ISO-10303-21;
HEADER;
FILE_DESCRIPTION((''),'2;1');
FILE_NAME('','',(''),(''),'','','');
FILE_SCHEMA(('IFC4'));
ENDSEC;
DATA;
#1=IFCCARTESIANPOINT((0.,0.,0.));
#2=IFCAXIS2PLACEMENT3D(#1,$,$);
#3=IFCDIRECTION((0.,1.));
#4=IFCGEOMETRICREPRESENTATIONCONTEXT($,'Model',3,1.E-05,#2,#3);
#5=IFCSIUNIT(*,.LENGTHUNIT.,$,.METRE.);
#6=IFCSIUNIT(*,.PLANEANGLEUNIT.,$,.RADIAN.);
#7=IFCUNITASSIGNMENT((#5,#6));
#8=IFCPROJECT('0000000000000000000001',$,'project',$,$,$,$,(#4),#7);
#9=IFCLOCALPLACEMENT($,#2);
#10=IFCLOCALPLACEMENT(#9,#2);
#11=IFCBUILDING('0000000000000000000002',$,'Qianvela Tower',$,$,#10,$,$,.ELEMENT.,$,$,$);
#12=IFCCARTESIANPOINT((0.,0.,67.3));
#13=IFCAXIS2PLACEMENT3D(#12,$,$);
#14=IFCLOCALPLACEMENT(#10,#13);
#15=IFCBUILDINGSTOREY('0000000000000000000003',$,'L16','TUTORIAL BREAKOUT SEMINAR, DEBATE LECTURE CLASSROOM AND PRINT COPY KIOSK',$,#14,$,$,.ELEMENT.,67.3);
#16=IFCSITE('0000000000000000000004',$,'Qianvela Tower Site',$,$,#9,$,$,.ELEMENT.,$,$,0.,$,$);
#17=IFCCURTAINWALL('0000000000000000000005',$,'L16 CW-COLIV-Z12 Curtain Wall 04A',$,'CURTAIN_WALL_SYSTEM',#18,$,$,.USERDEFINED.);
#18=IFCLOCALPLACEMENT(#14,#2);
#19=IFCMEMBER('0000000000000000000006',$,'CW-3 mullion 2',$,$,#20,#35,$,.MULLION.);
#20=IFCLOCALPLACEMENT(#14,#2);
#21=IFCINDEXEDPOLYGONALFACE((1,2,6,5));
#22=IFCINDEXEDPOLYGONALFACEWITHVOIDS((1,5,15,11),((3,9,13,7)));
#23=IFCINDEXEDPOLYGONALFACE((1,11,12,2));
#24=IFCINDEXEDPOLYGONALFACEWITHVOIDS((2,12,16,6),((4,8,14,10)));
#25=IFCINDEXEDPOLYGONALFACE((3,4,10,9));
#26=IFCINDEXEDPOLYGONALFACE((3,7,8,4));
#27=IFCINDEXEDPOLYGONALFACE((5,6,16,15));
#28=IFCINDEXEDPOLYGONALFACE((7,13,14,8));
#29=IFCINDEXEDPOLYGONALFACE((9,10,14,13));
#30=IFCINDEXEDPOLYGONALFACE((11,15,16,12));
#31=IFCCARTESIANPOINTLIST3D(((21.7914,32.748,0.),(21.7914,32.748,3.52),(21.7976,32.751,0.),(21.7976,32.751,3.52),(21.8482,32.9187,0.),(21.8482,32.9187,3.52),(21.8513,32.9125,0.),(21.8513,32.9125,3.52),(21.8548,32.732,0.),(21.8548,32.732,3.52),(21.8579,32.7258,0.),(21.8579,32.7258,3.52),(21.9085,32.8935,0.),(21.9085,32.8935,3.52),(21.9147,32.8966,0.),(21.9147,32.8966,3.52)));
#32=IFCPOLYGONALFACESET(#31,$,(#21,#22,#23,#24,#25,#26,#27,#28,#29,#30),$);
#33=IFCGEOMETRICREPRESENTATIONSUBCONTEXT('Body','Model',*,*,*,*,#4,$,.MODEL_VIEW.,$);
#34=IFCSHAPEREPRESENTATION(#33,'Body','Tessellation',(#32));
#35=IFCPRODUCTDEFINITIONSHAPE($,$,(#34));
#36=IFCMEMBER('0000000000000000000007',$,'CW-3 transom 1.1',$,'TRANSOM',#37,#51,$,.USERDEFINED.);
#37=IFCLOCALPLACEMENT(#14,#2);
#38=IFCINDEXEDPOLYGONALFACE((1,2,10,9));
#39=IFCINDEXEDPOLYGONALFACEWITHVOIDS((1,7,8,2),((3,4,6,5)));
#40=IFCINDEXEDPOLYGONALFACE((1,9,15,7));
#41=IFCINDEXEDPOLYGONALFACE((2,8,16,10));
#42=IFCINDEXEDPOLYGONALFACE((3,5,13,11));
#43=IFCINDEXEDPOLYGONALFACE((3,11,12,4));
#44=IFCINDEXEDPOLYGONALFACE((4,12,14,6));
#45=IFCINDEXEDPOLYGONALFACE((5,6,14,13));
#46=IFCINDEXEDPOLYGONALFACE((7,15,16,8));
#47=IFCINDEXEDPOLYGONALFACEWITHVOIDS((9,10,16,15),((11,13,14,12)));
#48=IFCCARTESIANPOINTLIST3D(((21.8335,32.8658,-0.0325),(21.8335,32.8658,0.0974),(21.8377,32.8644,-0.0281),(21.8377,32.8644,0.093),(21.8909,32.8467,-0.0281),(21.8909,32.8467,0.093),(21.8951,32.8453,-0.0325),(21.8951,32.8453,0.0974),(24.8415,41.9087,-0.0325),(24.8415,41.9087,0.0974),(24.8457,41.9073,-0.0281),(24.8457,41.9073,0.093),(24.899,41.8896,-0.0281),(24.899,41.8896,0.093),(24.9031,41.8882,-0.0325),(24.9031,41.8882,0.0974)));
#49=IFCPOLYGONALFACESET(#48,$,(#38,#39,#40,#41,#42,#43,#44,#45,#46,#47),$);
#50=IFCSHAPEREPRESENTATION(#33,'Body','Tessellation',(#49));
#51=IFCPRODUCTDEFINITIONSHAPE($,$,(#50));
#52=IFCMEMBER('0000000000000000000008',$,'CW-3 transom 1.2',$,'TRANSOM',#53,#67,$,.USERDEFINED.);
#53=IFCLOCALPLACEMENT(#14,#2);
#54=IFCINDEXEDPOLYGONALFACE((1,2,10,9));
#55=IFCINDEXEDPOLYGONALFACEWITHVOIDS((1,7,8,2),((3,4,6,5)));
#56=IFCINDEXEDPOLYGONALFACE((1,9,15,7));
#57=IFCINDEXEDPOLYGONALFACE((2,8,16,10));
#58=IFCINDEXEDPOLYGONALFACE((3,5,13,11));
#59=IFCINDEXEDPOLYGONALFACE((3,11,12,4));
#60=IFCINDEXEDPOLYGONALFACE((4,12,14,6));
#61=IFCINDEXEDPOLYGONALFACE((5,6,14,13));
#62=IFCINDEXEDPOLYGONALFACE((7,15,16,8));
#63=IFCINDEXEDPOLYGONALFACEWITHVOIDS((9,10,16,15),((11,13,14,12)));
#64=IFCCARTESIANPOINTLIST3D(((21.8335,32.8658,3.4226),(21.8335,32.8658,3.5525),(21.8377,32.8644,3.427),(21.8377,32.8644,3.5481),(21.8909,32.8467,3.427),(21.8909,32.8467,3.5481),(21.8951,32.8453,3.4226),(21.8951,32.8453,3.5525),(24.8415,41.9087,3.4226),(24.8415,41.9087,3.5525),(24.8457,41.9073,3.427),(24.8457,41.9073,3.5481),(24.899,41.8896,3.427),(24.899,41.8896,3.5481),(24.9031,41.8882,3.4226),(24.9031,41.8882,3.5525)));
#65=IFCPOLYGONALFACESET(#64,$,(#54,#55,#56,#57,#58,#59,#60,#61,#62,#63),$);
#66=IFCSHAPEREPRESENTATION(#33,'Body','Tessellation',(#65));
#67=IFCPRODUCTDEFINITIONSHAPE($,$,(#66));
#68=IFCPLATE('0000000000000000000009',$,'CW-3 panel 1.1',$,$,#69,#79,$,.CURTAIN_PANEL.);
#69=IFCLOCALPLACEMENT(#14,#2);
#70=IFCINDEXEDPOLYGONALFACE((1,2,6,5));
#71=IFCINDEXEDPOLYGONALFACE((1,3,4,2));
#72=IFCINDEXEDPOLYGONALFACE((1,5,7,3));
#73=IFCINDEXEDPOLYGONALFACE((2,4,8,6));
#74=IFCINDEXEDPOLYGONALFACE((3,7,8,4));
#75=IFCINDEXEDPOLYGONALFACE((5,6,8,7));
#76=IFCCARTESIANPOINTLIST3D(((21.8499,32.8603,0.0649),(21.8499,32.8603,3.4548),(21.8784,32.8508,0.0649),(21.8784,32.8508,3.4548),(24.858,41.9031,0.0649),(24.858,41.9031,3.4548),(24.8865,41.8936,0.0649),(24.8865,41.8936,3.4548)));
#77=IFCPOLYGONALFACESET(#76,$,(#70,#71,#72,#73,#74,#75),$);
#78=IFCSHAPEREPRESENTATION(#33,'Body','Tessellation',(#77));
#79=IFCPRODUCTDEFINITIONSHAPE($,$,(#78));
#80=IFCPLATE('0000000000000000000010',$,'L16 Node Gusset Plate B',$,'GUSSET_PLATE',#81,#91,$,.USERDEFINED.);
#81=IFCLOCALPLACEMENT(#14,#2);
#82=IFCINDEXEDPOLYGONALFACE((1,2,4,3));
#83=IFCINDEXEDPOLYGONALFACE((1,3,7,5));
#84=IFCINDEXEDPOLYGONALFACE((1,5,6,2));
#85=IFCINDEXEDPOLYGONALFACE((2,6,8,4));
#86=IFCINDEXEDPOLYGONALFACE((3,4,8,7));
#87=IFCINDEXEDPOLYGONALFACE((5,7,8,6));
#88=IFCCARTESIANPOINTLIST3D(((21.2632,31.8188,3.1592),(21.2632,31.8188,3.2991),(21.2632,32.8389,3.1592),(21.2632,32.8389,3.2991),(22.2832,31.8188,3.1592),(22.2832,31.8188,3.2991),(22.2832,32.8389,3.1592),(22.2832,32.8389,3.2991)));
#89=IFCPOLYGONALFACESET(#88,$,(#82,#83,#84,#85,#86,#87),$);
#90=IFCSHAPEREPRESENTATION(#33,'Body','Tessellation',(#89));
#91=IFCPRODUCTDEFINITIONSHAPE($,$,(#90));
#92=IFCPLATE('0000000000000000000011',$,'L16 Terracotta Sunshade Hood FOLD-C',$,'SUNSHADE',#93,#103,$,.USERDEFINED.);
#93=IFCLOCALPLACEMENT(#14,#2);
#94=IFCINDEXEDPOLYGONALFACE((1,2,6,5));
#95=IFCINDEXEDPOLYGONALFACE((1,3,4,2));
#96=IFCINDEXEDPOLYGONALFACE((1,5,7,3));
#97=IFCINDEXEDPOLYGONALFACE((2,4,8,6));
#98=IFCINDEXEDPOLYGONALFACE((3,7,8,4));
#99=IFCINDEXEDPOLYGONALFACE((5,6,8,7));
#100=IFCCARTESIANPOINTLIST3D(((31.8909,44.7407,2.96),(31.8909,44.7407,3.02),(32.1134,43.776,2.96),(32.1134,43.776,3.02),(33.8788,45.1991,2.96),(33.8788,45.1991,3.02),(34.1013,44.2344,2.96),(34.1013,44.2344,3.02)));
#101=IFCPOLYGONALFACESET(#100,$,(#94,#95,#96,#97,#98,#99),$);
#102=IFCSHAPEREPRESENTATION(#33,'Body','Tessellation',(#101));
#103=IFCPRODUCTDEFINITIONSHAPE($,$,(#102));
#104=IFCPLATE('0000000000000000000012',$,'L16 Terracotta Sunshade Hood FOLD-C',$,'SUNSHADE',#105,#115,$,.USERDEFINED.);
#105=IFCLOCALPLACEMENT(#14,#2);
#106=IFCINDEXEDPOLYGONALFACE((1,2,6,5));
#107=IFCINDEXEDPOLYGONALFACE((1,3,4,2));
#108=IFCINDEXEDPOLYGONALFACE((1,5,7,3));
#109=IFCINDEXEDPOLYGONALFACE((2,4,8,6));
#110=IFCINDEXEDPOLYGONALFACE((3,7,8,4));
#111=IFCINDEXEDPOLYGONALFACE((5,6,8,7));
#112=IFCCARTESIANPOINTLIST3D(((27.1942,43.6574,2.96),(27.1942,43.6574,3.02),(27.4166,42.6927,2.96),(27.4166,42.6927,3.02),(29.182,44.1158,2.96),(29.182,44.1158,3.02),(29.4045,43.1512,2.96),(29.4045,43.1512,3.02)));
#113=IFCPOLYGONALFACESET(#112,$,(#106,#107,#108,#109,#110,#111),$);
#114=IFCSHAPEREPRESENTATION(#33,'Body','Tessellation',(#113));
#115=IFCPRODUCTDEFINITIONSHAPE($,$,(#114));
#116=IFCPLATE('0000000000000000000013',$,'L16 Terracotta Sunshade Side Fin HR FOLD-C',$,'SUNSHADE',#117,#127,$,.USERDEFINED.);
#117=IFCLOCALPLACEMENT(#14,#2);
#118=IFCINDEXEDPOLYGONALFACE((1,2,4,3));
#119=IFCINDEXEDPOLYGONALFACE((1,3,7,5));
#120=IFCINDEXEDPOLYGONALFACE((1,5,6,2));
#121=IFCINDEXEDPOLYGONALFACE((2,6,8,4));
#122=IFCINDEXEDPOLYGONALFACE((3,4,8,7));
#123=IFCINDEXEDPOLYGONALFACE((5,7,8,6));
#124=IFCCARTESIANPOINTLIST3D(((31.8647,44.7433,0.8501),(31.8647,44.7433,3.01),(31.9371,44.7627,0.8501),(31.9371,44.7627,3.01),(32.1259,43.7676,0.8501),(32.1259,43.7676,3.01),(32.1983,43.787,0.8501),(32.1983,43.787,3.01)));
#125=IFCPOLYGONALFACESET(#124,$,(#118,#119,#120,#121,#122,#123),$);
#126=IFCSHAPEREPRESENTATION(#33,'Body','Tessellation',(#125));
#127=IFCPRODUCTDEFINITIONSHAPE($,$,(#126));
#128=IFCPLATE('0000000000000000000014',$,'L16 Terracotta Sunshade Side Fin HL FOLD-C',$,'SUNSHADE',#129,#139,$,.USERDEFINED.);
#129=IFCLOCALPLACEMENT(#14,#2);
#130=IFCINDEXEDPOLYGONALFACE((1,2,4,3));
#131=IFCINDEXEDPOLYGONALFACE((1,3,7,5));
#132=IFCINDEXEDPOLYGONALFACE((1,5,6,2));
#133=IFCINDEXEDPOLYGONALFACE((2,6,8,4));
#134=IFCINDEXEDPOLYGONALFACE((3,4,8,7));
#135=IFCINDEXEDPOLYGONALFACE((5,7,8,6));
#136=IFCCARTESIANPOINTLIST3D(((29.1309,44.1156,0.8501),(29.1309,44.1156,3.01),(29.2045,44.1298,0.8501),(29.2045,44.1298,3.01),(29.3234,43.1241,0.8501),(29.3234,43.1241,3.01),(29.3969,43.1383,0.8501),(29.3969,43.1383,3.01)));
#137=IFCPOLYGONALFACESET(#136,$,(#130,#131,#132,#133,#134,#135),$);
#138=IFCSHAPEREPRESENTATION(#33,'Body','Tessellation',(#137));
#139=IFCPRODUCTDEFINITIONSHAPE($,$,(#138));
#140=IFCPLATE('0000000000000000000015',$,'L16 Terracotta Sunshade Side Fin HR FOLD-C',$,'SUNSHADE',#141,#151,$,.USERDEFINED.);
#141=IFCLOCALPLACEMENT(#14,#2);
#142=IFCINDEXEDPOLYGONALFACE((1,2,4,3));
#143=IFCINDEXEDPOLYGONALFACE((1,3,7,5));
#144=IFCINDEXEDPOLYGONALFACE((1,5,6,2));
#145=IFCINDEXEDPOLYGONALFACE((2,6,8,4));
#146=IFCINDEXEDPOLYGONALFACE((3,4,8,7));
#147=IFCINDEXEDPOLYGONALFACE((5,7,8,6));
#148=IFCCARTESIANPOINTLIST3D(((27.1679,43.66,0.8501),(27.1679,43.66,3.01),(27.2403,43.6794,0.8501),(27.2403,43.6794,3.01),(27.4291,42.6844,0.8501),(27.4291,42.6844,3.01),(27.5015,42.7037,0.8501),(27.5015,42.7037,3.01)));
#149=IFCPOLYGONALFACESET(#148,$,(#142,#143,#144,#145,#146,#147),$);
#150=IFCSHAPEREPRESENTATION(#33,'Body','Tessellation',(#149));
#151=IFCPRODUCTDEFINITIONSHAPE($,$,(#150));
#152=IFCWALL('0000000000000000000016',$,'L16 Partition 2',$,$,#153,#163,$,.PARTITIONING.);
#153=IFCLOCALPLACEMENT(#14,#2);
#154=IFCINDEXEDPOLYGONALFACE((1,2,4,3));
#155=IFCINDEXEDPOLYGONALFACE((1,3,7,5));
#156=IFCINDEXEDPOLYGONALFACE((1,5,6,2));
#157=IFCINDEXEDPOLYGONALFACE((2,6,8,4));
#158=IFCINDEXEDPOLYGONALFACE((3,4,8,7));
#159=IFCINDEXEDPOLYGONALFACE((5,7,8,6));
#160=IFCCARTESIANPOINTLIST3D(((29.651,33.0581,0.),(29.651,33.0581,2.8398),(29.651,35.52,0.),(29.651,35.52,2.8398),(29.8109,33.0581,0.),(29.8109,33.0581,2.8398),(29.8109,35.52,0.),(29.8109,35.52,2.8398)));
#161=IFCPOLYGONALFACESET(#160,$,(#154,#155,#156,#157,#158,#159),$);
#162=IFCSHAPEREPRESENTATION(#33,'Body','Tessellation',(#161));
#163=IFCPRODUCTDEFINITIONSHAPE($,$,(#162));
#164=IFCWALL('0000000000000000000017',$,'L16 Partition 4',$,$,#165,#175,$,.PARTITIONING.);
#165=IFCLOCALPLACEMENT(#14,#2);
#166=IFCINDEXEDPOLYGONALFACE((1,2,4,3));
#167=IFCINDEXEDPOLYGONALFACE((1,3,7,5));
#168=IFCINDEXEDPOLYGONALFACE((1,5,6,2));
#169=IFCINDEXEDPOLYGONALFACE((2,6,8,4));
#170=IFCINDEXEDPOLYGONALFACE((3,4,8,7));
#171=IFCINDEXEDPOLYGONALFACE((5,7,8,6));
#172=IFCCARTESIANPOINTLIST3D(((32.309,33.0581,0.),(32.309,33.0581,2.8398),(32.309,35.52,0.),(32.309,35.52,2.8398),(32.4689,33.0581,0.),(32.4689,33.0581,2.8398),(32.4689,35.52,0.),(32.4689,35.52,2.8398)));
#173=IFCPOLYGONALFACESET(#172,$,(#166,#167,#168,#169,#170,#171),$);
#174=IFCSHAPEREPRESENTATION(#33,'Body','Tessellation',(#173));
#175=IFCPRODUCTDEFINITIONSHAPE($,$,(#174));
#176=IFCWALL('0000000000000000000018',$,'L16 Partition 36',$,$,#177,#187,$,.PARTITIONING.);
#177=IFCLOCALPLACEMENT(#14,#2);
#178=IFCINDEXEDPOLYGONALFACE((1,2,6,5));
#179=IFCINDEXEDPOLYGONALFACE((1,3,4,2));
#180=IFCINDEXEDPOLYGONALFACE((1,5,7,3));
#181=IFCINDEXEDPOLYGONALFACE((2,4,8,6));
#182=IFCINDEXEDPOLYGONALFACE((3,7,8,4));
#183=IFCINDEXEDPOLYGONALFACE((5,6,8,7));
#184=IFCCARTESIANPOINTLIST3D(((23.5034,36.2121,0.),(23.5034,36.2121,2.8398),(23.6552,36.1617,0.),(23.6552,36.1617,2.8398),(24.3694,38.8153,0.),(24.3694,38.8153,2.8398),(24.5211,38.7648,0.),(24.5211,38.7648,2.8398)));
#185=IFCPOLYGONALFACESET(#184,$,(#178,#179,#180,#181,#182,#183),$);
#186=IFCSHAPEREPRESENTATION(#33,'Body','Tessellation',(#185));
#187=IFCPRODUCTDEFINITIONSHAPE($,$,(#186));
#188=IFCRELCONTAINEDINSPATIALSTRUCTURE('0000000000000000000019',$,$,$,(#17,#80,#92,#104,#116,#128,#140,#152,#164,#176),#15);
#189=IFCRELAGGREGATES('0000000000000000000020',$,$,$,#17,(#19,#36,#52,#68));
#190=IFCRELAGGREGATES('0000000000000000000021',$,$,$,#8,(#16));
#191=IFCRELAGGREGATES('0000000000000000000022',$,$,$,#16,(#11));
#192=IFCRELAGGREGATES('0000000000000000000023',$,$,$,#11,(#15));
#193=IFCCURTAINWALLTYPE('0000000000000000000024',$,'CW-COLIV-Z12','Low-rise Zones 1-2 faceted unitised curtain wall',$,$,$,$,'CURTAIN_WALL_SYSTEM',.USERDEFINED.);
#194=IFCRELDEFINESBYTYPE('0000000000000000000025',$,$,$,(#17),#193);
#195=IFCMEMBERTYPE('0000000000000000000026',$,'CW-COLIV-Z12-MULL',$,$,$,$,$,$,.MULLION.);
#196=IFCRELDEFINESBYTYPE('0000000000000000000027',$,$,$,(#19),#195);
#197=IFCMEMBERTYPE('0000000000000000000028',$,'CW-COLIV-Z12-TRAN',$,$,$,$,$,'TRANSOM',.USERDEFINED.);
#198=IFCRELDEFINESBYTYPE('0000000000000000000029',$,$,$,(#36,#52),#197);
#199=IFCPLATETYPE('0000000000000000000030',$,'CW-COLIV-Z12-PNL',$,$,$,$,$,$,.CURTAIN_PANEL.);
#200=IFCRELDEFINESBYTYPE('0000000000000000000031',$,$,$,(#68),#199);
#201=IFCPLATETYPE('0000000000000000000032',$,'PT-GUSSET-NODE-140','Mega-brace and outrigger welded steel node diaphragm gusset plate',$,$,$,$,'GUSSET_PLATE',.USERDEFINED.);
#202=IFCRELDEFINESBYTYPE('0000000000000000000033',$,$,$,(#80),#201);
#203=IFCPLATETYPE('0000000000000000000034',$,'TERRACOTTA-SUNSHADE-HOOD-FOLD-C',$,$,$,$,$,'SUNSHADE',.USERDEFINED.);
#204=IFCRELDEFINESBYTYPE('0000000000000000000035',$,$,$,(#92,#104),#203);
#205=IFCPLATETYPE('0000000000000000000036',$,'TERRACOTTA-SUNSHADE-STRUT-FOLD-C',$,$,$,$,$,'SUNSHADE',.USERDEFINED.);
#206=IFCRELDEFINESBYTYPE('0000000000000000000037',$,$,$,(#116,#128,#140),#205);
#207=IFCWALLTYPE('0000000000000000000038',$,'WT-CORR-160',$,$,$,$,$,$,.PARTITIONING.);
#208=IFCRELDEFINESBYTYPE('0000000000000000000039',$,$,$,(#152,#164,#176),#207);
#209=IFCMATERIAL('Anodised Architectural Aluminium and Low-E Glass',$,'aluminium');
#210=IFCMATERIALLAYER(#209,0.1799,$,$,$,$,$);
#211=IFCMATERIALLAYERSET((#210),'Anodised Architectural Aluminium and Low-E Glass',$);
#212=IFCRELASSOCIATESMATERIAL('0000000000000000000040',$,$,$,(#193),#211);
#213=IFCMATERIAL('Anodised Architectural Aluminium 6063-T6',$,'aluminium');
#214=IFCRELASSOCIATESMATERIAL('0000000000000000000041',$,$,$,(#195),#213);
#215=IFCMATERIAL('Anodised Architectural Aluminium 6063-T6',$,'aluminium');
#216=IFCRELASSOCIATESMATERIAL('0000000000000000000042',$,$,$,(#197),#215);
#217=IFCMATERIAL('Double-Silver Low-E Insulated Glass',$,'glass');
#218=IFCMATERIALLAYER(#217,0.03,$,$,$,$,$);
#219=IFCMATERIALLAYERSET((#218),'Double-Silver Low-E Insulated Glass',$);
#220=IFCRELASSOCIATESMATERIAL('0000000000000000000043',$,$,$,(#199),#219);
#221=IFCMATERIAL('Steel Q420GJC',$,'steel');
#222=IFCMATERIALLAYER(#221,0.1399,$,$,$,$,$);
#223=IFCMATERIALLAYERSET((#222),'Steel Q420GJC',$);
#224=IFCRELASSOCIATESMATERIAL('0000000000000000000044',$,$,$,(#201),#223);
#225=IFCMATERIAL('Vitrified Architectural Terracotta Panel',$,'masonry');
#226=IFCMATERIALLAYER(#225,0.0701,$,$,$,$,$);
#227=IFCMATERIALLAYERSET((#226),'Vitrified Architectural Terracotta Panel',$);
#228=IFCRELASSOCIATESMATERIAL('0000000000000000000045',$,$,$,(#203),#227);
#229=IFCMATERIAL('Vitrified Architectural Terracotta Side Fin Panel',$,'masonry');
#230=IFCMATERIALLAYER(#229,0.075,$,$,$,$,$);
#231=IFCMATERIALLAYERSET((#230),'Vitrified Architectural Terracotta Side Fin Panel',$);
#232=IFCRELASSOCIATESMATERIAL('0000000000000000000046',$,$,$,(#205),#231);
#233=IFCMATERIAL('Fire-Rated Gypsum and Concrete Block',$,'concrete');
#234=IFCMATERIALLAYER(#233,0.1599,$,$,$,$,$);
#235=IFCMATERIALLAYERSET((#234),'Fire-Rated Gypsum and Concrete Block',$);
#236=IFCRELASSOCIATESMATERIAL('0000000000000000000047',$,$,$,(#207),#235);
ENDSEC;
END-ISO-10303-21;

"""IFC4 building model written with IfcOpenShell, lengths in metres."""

from ifc_helpers import new_model, si_unit, direction, frame, frame_2d, origin, origin_2d, place, context, subcontext, project, spatial, rectangle, hollow_rectangle, extrude, material, layer, layer_set, material_profile, profile_set, type_object, element, aggregate, save


model = new_model("IFC4")

# Units and contexts
model_context = context("Model", 3, precision=1e-05, world=origin(), true_north=direction((0.0, 1.0)))
body_context = subcontext(model_context, "Body", "Model", "MODEL_VIEW")
ifc_project = project(units=[si_unit("LENGTHUNIT", "METRE"), si_unit("PLANEANGLEUNIT", "RADIAN")], contexts=[model_context])

# Site, building, storey
site_placement = place(None, origin())
site = spatial("IfcSite", under=ifc_project, at=site_placement, Name="Qianvela Tower Site", CompositionType="ELEMENT", RefElevation=0.0)
building_placement = place(site_placement, origin())
building = spatial("IfcBuilding", under=site, at=building_placement, Name="Qianvela Tower", CompositionType="ELEMENT")
storey_placement = place(building_placement, frame((0.0, 0.0, 67.3)))
storey = spatial("IfcBuildingStorey", under=building, at=storey_placement, Name="L16", Description="TUTORIAL BREAKOUT SEMINAR, DEBATE LECTURE CLASSROOM AND PRINT COPY KIOSK", CompositionType="ELEMENT", Elevation=67.3)

# Curtain wall, members, plate
ifc_material_1 = material(Name="Anodised Architectural Aluminium and Low-E Glass", Category="aluminium")
ifc_layer_1 = layer(ifc_material_1, 0.1799)
ifc_layer_set_1 = layer_set([ifc_layer_1], Name="Anodised Architectural Aluminium and Low-E Glass")
curtain_wall_type_1 = type_object("IfcCurtainWallType", Name="CW-COLIV-Z12", Description="Low-rise Zones 1-2 faceted unitised curtain wall", ElementType="CURTAIN_WALL_SYSTEM", PredefinedType="USERDEFINED", material=ifc_layer_set_1)
curtain_wall_1_placement = place(storey_placement, origin())
curtain_wall_1 = element("IfcCurtainWall", 1, at=curtain_wall_1_placement, inside=storey, type_object=curtain_wall_type_1, Name="L16 CW-COLIV-Z12 Curtain Wall 04A", ObjectType="CURTAIN_WALL_SYSTEM", PredefinedType="USERDEFINED")
ifc_material_2 = material(Name="Anodised Architectural Aluminium 6063-T6", Category="aluminium")
ifc_material_profile_1 = material_profile(ifc_material_2, hollow_rectangle(XDim=0.0701, YDim=0.1799, WallThickness=0.0049, at=origin_2d()), Name="ALU-MULL-70x180")
ifc_profile_set_1 = profile_set([ifc_material_profile_1], Name="Anodised Architectural Aluminium 6063-T6")
member_type_1 = type_object("IfcMemberType", Name="CW-COLIV-Z12-MULL", PredefinedType="MULLION", material=ifc_profile_set_1)
member_1_placement = place(storey_placement, frame((21.853, 32.8223, 0.0), z_axis=(0.0, 0.0, 1.0), x_axis=(0.948878, -0.315644, 0.0)))
member_1 = element("IfcMember", 2, at=member_1_placement, type_object=member_type_1, Name="CW-3 mullion 2", PredefinedType="MULLION", context=body_context, shape_type="SweptSolid", body=[
    extrude(hollow_rectangle(XDim=0.0701, YDim=0.1799, WallThickness=0.0049, at=origin_2d()), origin(), (0.0, 0.0, 1.0), 3.52),
])
ifc_material_3 = material(Name="Anodised Architectural Aluminium 6063-T6", Category="aluminium")
ifc_material_profile_2 = material_profile(ifc_material_3, hollow_rectangle(XDim=0.0649, YDim=0.1299, WallThickness=0.0044, at=origin_2d()), Name="ALU-TRAN-65x130")
ifc_profile_set_2 = profile_set([ifc_material_profile_2], Name="Anodised Architectural Aluminium 6063-T6")
member_type_2 = type_object("IfcMemberType", Name="CW-COLIV-Z12-TRAN", ElementType="TRANSOM", PredefinedType="USERDEFINED", material=ifc_profile_set_2)
member_2_placement = place(storey_placement, frame((24.8723, 41.8984, 0.0325), z_axis=(-0.315636, -0.94888, 0.0), x_axis=(0.94888, -0.315636, 0.0)))
member_2 = element("IfcMember", 3, at=member_2_placement, type_object=member_type_2, Name="CW-3 transom 1.1", ObjectType="TRANSOM", PredefinedType="USERDEFINED", context=body_context, shape_type="SweptSolid", body=[
    extrude(hollow_rectangle(XDim=0.0649, YDim=0.1299, WallThickness=0.0044, at=origin_2d()), origin(), (0.0, 0.0, 1.0), 9.53),
])
member_3_placement = place(storey_placement, frame((24.8723, 41.8984, 3.4875), z_axis=(-0.315636, -0.94888, 0.0), x_axis=(0.94888, -0.315636, 0.0)))
member_3 = element("IfcMember", 4, at=member_3_placement, type_object=member_type_2, Name="CW-3 transom 1.2", ObjectType="TRANSOM", PredefinedType="USERDEFINED", context=body_context, shape_type="SweptSolid", body=[
    extrude(hollow_rectangle(XDim=0.0649, YDim=0.1299, WallThickness=0.0044, at=origin_2d()), origin(), (0.0, 0.0, 1.0), 9.53),
])
ifc_material_4 = material(Name="Double-Silver Low-E Insulated Glass", Category="glass")
ifc_layer_2 = layer(ifc_material_4, 0.03)
ifc_layer_set_2 = layer_set([ifc_layer_2], Name="Double-Silver Low-E Insulated Glass")
plate_type_1 = type_object("IfcPlateType", Name="CW-COLIV-Z12-PNL", PredefinedType="CURTAIN_PANEL", material=ifc_layer_set_2)
plate_1_placement = place(storey_placement, frame((23.3682, 37.377, 0.0649), z_axis=(0.0, 0.0, 1.0), x_axis=(-0.315644, -0.948878, 0.0)))
plate_1 = element("IfcPlate", 5, at=plate_1_placement, type_object=plate_type_1, Name="CW-3 panel 1.1", PredefinedType="CURTAIN_PANEL", context=body_context, shape_type="SweptSolid", body=[
    extrude(rectangle(XDim=9.53, YDim=0.03, at=origin_2d()), origin(), (0.0, 0.0, 1.0), 3.3899),
])
aggregate(curtain_wall_1, [member_1, member_2, member_3, plate_1])

# Plates
ifc_material_5 = material(Name="Steel Q420GJC", Category="steel")
ifc_layer_3 = layer(ifc_material_5, 0.1399)
ifc_layer_set_3 = layer_set([ifc_layer_3], Name="Steel Q420GJC")
plate_type_2 = type_object("IfcPlateType", Name="PT-GUSSET-NODE-140", Description="Mega-brace and outrigger welded steel node diaphragm gusset plate", ElementType="GUSSET_PLATE", PredefinedType="USERDEFINED", material=ifc_layer_set_3)
plate_2_placement = place(storey_placement, frame((21.7732, 32.3289, 3.1592), z_axis=(0.0, 0.0, 1.0), x_axis=(1.0, 0.0, 0.0)))
element("IfcPlate", 6, at=plate_2_placement, inside=storey, type_object=plate_type_2, Name="L16 Node Gusset Plate B", ObjectType="GUSSET_PLATE", PredefinedType="USERDEFINED", context=body_context, shape_type="SweptSolid", body=[
    extrude(rectangle(XDim=1.02, YDim=1.02, at=origin_2d()), origin(), (0.0, 0.0, 1.0), 0.1399),
])
ifc_material_6 = material(Name="Vitrified Architectural Terracotta Panel", Category="masonry")
ifc_layer_4 = layer(ifc_material_6, 0.0701)
ifc_layer_set_4 = layer_set([ifc_layer_4], Name="Vitrified Architectural Terracotta Panel")
plate_type_3 = type_object("IfcPlateType", Name="TERRACOTTA-SUNSHADE-HOOD-FOLD-C", ElementType="SUNSHADE", PredefinedType="USERDEFINED", material=ifc_layer_set_4)
for number, where, z_axis, x_axis, name in (
    (7, (32.9961, 44.4875, 2.96), (0.0, 0.0, 1.0), (-0.974424, -0.224716, 0.0), "L16 Terracotta Sunshade Hood FOLD-C"),
    (8, (28.2993, 43.4043, 2.96), (0.0, 0.0, 1.0), (-0.974424, -0.224716, 0.0), "L16 Terracotta Sunshade Hood FOLD-C"),
):
    element("IfcPlate", number, at=place(storey_placement, frame(where, z_axis=z_axis, x_axis=x_axis)), inside=storey, type_object=plate_type_3, Name=name, ObjectType="SUNSHADE", PredefinedType="USERDEFINED", context=body_context, shape_type="SweptSolid", body=[
        extrude(rectangle(XDim=2.04, YDim=0.99, at=origin_2d()), origin(), (0.0, 0.0, 1.0), 0.0601),
    ])
ifc_material_7 = material(Name="Vitrified Architectural Terracotta Side Fin Panel", Category="masonry")
ifc_layer_5 = layer(ifc_material_7, 0.075)
ifc_layer_set_5 = layer_set([ifc_layer_5], Name="Vitrified Architectural Terracotta Side Fin Panel")
plate_type_4 = type_object("IfcPlateType", Name="TERRACOTTA-SUNSHADE-STRUT-FOLD-C", ElementType="SUNSHADE", PredefinedType="USERDEFINED", material=ifc_layer_set_5)
for number, where, z_axis, x_axis, name in (
    (9, (32.0315, 44.2651, 0.8501), (0.0, 0.0, 1.0), (-0.965988, -0.258586, 0.0), "L16 Terracotta Sunshade Side Fin HR FOLD-C"),
    (10, (29.2639, 43.627, 0.8501), (0.0, 0.0, 1.0), (-0.981673, -0.190573, 0.0), "L16 Terracotta Sunshade Side Fin HL FOLD-C"),
    (11, (27.3347, 43.1819, 0.8501), (0.0, 0.0, 1.0), (-0.965988, -0.258586, 0.0), "L16 Terracotta Sunshade Side Fin HR FOLD-C"),
):
    element("IfcPlate", number, at=place(storey_placement, frame(where, z_axis=z_axis, x_axis=x_axis)), inside=storey, type_object=plate_type_4, Name=name, ObjectType="SUNSHADE", PredefinedType="USERDEFINED", context=body_context, shape_type="SweptSolid", body=[
        extrude(rectangle(XDim=0.075, YDim=1.01, at=origin_2d()), origin(), (0.0, 0.0, 1.0), 2.1599),
    ])

# Wall
ifc_material_8 = material(Name="Fire-Rated Gypsum and Concrete Block", Category="concrete")
ifc_layer_6 = layer(ifc_material_8, 0.1599)
ifc_layer_set_6 = layer_set([ifc_layer_6], Name="Fire-Rated Gypsum and Concrete Block")
wall_type_1 = type_object("IfcWallType", Name="WT-CORR-160", PredefinedType="PARTITIONING", material=ifc_layer_set_6)
wall_1_placement = place(storey_placement, frame((29.731, 33.0581, 0.0), z_axis=(0.0, 0.0, 1.0), x_axis=(0.0, 1.0, 0.0)))
element("IfcWall", 12, at=wall_1_placement, inside=storey, type_object=wall_type_1, Name="L16 Partition 2", PredefinedType="PARTITIONING", context=body_context, shape_type="SweptSolid", body=[
    extrude(rectangle(XDim=2.4619, YDim=0.1599, at=frame_2d((1.231, 0.0))), origin(), (0.0, 0.0, 1.0), 2.8398),
])

# Walls
wall_2_placement = place(storey_placement, frame((32.3889, 35.52, 0.0), z_axis=(0.0, 0.0, 1.0), x_axis=(0.0, -1.0, 0.0)))
element("IfcWall", 13, at=wall_2_placement, inside=storey, type_object=wall_type_1, Name="L16 Partition 4", PredefinedType="PARTITIONING", context=body_context, shape_type="SweptSolid", body=[
    extrude(rectangle(XDim=2.4619, YDim=0.1599, at=frame_2d((1.231, 0.0))), origin(), (0.0, 0.0, 1.0), 2.8398),
])
wall_3_placement = place(storey_placement, frame((23.5793, 36.187, 0.0), z_axis=(0.0, 0.0, 1.0), x_axis=(0.31564, 0.948879, 0.0)))
element("IfcWall", 14, at=wall_3_placement, inside=storey, type_object=wall_type_1, Name="L16 Partition 36", PredefinedType="PARTITIONING", context=body_context, shape_type="SweptSolid", body=[
    extrude(rectangle(XDim=2.7434, YDim=0.1599, at=frame_2d((1.3716, 0.0))), origin(), (0.0, 0.0, 1.0), 2.8398),
])

save(model, "model.ifc")
